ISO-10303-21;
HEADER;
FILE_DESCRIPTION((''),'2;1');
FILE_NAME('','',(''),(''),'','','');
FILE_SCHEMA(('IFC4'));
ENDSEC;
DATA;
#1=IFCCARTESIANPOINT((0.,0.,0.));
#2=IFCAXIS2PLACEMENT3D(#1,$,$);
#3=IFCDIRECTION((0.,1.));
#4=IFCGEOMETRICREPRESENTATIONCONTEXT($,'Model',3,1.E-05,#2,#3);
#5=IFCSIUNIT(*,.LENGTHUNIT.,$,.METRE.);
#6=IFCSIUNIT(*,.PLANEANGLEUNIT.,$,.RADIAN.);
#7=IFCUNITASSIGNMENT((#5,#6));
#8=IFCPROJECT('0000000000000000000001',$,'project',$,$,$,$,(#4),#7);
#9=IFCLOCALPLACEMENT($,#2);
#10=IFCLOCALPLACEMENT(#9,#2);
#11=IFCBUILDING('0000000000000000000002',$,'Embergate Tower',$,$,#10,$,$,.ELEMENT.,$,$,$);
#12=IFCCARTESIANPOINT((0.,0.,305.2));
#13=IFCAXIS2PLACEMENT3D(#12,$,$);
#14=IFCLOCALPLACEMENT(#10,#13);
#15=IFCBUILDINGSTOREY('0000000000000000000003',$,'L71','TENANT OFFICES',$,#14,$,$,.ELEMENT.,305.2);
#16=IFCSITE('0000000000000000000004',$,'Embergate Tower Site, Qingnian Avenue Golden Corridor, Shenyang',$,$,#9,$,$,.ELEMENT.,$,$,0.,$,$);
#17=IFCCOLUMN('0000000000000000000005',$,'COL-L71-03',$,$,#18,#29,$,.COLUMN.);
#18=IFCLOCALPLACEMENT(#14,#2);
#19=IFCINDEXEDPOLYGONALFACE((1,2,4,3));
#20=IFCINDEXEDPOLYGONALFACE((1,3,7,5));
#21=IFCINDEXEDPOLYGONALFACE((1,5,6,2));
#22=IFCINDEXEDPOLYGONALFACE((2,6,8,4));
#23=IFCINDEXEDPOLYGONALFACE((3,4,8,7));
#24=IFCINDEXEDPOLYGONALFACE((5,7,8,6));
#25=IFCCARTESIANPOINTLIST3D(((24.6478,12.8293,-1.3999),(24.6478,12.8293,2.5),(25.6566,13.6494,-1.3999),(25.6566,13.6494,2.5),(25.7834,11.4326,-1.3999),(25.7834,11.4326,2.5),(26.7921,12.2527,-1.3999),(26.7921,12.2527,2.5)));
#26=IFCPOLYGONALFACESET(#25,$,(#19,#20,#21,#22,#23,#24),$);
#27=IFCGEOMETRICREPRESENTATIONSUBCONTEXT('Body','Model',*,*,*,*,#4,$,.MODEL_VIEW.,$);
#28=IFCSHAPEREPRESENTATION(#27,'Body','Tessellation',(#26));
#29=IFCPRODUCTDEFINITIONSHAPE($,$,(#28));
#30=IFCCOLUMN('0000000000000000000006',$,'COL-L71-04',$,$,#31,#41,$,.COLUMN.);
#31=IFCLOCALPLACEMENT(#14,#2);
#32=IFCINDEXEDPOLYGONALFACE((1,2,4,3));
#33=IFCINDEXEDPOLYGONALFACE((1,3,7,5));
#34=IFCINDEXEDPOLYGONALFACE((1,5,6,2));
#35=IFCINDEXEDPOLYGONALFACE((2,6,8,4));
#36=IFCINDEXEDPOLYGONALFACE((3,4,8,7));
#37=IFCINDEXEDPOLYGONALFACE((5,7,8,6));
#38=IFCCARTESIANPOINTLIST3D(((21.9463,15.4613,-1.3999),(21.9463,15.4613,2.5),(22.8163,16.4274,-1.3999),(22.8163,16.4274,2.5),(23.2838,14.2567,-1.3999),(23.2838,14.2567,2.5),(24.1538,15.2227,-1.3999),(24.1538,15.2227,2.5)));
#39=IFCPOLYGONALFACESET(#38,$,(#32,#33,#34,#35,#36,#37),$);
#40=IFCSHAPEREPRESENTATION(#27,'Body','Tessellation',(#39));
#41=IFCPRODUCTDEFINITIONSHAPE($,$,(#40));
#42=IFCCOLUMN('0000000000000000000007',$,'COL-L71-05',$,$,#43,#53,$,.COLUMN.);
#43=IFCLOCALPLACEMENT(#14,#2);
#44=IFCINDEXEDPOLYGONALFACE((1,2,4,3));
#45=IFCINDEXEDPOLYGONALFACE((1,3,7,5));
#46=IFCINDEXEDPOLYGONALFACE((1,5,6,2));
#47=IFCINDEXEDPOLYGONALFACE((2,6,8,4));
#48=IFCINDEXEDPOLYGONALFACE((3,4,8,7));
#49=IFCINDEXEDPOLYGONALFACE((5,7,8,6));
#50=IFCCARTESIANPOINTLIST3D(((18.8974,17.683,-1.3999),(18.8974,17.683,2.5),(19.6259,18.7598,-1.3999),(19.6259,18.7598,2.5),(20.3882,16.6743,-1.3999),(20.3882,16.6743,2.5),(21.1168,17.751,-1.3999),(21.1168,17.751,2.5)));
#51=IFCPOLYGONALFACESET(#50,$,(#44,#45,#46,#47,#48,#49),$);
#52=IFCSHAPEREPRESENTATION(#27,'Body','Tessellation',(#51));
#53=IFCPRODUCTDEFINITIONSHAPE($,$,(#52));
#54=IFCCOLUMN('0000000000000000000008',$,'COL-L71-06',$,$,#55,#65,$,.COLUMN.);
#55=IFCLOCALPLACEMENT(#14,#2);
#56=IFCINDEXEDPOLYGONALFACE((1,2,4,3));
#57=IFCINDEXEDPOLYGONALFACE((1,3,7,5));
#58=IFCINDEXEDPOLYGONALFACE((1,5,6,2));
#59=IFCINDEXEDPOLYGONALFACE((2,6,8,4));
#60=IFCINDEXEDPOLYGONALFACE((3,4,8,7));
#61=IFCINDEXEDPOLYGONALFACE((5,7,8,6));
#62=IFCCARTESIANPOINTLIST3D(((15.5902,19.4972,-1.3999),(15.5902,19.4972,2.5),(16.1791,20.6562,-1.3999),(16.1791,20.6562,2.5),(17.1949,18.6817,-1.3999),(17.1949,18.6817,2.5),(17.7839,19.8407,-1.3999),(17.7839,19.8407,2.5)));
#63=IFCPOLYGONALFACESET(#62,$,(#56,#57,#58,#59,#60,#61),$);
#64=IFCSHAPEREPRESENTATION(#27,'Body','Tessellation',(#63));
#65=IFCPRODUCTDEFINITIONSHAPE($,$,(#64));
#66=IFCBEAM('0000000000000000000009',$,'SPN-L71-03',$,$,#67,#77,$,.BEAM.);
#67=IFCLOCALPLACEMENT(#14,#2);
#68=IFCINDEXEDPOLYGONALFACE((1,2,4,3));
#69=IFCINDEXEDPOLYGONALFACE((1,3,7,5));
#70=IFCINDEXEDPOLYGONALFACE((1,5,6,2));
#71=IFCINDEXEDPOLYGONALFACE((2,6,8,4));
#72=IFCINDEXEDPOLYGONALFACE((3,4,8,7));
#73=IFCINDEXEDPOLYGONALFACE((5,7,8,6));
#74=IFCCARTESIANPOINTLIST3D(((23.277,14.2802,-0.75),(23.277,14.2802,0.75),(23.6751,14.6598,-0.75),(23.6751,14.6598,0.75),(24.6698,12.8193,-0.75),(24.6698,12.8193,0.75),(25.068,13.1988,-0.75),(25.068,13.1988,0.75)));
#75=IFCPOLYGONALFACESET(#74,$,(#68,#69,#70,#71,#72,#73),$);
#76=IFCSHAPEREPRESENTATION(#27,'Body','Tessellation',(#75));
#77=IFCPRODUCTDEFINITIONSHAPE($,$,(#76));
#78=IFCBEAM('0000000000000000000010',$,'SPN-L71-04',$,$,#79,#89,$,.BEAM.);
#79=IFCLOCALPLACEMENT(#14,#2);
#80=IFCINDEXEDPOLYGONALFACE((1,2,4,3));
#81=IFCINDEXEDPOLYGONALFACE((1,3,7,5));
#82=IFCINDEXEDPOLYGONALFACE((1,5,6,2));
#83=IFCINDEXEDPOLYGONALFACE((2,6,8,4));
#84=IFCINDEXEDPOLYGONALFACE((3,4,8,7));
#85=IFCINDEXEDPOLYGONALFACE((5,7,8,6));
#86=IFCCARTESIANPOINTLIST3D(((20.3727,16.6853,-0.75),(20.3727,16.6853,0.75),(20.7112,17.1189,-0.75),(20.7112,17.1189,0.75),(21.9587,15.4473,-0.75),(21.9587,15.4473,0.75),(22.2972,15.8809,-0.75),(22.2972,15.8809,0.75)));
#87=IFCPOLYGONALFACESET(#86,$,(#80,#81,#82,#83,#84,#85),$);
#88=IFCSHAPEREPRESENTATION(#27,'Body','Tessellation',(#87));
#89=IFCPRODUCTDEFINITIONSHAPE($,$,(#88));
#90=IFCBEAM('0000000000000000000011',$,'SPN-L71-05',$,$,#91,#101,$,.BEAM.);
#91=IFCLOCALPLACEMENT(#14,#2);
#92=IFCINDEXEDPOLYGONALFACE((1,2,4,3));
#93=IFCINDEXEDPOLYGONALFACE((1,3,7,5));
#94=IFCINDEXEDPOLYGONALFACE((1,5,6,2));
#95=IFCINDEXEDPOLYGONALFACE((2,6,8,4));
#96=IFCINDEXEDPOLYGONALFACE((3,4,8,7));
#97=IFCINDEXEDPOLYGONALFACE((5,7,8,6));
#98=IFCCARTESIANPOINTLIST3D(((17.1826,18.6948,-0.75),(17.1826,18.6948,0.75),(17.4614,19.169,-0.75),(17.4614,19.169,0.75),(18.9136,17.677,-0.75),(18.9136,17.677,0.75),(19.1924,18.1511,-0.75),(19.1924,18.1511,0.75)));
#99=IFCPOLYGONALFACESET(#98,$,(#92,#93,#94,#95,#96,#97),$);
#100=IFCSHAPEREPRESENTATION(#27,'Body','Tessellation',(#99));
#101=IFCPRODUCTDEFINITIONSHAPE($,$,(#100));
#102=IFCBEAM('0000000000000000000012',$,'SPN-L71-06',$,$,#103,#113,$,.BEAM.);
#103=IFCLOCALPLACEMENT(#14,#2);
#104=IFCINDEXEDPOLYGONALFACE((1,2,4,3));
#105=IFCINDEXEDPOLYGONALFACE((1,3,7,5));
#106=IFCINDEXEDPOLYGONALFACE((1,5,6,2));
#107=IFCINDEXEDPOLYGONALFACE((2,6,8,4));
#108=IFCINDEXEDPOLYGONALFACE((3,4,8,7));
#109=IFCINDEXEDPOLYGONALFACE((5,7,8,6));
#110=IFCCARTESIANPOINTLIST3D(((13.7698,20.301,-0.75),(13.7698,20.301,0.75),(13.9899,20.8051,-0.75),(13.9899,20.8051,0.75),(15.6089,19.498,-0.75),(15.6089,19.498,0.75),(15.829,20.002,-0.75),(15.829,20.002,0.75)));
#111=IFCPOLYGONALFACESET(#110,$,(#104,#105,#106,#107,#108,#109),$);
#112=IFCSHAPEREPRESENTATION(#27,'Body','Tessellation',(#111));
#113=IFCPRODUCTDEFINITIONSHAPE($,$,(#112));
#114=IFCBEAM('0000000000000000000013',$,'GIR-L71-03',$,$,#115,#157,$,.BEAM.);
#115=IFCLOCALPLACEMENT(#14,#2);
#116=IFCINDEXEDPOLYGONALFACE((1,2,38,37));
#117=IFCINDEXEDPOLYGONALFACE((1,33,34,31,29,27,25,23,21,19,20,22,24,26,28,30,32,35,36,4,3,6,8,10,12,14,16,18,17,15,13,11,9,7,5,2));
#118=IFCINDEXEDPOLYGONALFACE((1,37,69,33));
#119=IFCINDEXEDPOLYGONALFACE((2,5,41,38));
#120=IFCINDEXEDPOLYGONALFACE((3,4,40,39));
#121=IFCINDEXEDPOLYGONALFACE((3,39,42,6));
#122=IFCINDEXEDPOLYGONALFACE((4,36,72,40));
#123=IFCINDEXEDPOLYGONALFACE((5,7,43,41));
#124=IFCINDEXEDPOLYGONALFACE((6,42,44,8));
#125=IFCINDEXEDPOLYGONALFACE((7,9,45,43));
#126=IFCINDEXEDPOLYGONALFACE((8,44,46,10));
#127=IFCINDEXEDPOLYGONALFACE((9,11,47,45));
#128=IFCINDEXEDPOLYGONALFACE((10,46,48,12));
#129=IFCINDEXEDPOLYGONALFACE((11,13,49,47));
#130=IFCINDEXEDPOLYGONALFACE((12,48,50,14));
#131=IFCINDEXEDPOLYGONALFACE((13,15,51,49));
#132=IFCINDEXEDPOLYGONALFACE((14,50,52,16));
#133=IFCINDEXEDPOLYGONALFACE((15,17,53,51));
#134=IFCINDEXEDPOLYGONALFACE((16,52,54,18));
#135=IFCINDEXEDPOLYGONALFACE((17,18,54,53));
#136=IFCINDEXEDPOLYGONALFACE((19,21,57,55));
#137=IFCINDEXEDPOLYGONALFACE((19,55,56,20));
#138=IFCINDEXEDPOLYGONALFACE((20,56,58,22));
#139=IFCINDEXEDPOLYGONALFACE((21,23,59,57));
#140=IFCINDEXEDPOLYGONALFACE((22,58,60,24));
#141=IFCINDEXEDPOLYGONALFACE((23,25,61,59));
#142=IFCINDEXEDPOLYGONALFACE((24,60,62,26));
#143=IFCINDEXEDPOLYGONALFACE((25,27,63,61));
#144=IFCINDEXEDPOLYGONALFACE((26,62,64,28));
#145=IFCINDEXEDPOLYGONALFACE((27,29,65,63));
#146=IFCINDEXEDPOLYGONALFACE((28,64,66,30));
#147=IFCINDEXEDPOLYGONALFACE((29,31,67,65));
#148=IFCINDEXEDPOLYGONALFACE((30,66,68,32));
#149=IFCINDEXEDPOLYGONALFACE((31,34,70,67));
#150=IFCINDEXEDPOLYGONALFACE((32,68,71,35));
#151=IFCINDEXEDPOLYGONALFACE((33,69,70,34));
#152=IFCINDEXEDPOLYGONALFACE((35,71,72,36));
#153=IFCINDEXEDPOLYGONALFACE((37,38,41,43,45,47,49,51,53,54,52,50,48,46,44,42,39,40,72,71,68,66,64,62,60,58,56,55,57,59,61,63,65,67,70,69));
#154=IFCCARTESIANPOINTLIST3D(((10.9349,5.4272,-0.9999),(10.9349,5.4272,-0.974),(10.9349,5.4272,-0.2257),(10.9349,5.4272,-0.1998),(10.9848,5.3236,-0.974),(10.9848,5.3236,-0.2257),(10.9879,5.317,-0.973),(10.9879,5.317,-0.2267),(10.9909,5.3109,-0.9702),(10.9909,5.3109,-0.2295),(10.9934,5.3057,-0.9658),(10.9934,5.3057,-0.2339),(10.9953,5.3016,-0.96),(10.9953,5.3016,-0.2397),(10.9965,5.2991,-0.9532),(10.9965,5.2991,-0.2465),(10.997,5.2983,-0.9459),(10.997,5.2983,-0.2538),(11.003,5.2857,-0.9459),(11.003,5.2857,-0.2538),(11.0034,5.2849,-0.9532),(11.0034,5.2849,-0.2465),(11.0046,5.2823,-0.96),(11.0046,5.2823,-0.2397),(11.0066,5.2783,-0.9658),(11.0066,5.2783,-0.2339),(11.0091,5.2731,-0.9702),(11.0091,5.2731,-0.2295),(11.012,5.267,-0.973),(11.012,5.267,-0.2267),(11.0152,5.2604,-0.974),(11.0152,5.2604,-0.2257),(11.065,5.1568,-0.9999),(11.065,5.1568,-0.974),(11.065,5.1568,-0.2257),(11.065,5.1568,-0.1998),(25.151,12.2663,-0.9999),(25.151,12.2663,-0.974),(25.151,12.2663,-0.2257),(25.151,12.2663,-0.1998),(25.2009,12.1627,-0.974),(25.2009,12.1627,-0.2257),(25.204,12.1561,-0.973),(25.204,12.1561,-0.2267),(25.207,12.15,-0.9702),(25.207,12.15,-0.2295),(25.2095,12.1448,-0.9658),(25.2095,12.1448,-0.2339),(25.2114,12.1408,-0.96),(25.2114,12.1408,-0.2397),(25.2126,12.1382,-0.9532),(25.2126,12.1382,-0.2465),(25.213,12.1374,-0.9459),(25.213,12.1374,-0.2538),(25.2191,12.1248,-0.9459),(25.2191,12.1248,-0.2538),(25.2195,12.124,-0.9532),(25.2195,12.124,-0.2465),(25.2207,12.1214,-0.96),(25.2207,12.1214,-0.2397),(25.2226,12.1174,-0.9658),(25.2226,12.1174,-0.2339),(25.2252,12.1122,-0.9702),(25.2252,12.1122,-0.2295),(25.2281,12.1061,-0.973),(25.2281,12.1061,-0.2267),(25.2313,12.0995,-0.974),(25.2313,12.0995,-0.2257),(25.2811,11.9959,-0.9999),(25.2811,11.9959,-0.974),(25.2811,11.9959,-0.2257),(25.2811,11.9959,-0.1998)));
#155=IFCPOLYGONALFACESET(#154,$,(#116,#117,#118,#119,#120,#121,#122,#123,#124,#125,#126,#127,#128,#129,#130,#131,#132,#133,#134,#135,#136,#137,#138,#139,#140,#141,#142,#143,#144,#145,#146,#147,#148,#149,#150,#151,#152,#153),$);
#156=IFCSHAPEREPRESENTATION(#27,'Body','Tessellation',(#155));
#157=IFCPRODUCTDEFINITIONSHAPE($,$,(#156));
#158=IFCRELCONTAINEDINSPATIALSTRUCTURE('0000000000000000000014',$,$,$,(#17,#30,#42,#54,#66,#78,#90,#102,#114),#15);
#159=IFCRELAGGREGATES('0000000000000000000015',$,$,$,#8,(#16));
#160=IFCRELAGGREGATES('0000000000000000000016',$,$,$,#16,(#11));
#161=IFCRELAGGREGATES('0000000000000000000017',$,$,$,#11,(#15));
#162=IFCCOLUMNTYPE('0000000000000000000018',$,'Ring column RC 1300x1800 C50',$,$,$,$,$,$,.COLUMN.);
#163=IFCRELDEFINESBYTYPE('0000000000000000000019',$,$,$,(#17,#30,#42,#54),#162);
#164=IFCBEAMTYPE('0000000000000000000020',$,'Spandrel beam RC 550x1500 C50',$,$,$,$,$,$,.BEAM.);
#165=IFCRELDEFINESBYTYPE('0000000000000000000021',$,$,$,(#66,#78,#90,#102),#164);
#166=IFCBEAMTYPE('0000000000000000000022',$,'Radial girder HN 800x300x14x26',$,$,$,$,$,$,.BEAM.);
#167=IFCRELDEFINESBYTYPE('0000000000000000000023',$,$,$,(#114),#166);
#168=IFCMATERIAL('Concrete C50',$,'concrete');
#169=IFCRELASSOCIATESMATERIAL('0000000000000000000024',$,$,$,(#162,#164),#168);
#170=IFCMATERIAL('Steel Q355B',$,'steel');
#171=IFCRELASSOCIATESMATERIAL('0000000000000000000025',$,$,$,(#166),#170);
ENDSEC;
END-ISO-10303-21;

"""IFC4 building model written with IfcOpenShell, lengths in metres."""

from ifc_helpers import new_model, si_unit, direction, frame, origin, origin_2d, place, context, subcontext, project, spatial, rectangle, i_section, extrude, source, transform, mapped, material, material_profile, profile_set, type_object, element, save


model = new_model("IFC4")

# Units and contexts
model_context = context("Model", 3, precision=1e-05, world=origin(), true_north=direction((0.0, 1.0)))
body_context = subcontext(model_context, "Body", "Model", "MODEL_VIEW")
ifc_project = project(units=[si_unit("LENGTHUNIT", "METRE"), si_unit("PLANEANGLEUNIT", "RADIAN")], contexts=[model_context])

# Site, building, storey
site_placement = place(None, origin())
site = spatial("IfcSite", under=ifc_project, at=site_placement, Name="Embergate Tower Site, Qingnian Avenue Golden Corridor, Shenyang", CompositionType="ELEMENT", RefElevation=0.0)
building_placement = place(site_placement, origin())
building = spatial("IfcBuilding", under=site, at=building_placement, Name="Embergate Tower", CompositionType="ELEMENT")
storey_placement = place(building_placement, frame((0.0, 0.0, 305.2)))
storey = spatial("IfcBuildingStorey", under=building, at=storey_placement, Name="L71", Description="TENANT OFFICES", CompositionType="ELEMENT", Elevation=305.2)

# Columns
ifc_material_1 = material(Name="Concrete C50", Category="concrete")
ifc_material_profile_1 = material_profile(ifc_material_1, rectangle(XDim=1.3, YDim=1.8, at=origin_2d()), Name="RC 1300x1800")
ifc_profile_set_1 = profile_set([ifc_material_profile_1], Name="Concrete C50")
column_type = type_object("IfcColumnType", Name="Ring column RC 1300x1800 C50", PredefinedType="COLUMN", material=ifc_profile_set_1)
shared_shape_1 = source(origin(), body_context, "Body", "SweptSolid", [
    extrude(rectangle(XDim=1.3, YDim=1.8, at=origin_2d()), origin(), (0.0, 0.0, 1.0), 3.8999),
])
for number, where, z_axis, x_axis, name in (
    (1, (25.72, 12.541, -1.3999), (0.0, 0.0, 1.0), (0.775925, 0.630825, 0.0), "COL-L71-03"),
    (2, (23.05, 15.342, -1.3999), (0.0, 0.0, 1.0), (0.669221, 0.743063, 0.0), "COL-L71-04"),
    (3, (20.0071, 17.717, -1.3999), (0.0, 0.0, 1.0), (0.560393, 0.828227, 0.0), "COL-L71-05"),
    (4, (16.687, 19.6689, -1.3999), (0.0, 0.0, 1.0), (0.453011, 0.891505, 0.0), "COL-L71-06"),
):
    element("IfcColumn", number, at=place(storey_placement, frame(where, z_axis=z_axis, x_axis=x_axis)), inside=storey, type_object=column_type, Name=name, PredefinedType="COLUMN", context=body_context, shape_type="MappedRepresentation", body=[
        mapped(shared_shape_1, transform((0.0, 0.0, 0.0))),
    ])

# Beams
ifc_material_profile_2 = material_profile(ifc_material_1, rectangle(XDim=0.55, YDim=1.5, at=origin_2d()), Name="RC 550x1500")
ifc_profile_set_2 = profile_set([ifc_material_profile_2], Name="Concrete C50")
beam_type_1 = type_object("IfcBeamType", Name="Spandrel beam RC 550x1500 C50", PredefinedType="BEAM", material=ifc_profile_set_2)
shared_shape_2 = source(origin(), body_context, "Body", "SweptSolid", [
    extrude(rectangle(XDim=0.55, YDim=1.5, at=origin_2d()), origin(), (0.0, 0.0, 1.0), 2.0186),
])
beam_1_placement = place(storey_placement, frame((24.8689, 13.009, 0.0), z_axis=(-0.690033, 0.723778, 0.0), x_axis=(-0.723778, -0.690033, 0.0)))
element("IfcBeam", 5, at=beam_1_placement, inside=storey, type_object=beam_type_1, Name="SPN-L71-03", PredefinedType="BEAM", context=body_context, shape_type="MappedRepresentation", body=[
    mapped(shared_shape_2, transform((0.0, 0.0, 0.0))),
])
shared_shape_3 = source(origin(), body_context, "Body", "SweptSolid", [
    extrude(rectangle(XDim=0.55, YDim=1.5, at=origin_2d()), origin(), (0.0, 0.0, 1.0), 2.012),
])
beam_2_placement = place(storey_placement, frame((22.1279, 15.6641, 0.0), z_axis=(-0.78826, 0.615343, 0.0), x_axis=(-0.615343, -0.78826, 0.0)))
element("IfcBeam", 6, at=beam_2_placement, inside=storey, type_object=beam_type_1, Name="SPN-L71-04", PredefinedType="BEAM", context=body_context, shape_type="MappedRepresentation", body=[
    mapped(shared_shape_3, transform((0.0, 0.0, 0.0))),
])
shared_shape_4 = source(origin(), body_context, "Body", "SweptSolid", [
    extrude(rectangle(XDim=0.55, YDim=1.5, at=origin_2d()), origin(), (0.0, 0.0, 1.0), 2.0081),
])
beam_3_placement = place(storey_placement, frame((19.053, 17.9141, 0.0), z_axis=(-0.862019, 0.506877, 0.0), x_axis=(-0.506877, -0.862019, 0.0)))
element("IfcBeam", 7, at=beam_3_placement, inside=storey, type_object=beam_type_1, Name="SPN-L71-05", PredefinedType="BEAM", context=body_context, shape_type="MappedRepresentation", body=[
    mapped(shared_shape_4, transform((0.0, 0.0, 0.0))),
])
shared_shape_5 = source(origin(), body_context, "Body", "SweptSolid", [
    extrude(rectangle(XDim=0.55, YDim=1.5, at=origin_2d()), origin(), (0.0, 0.0, 1.0), 2.0068),
])
beam_4_placement = place(storey_placement, frame((15.719, 19.75, 0.0), z_axis=(-0.916456, 0.400136, 0.0), x_axis=(-0.400136, -0.916456, 0.0)))
element("IfcBeam", 8, at=beam_4_placement, inside=storey, type_object=beam_type_1, Name="SPN-L71-06", PredefinedType="BEAM", context=body_context, shape_type="MappedRepresentation", body=[
    mapped(shared_shape_5, transform((0.0, 0.0, 0.0))),
])
ifc_material_2 = material(Name="Steel Q355B", Category="steel")
ifc_material_profile_3 = material_profile(ifc_material_2, i_section(OverallWidth=0.3, OverallDepth=0.8, WebThickness=0.0139, FlangeThickness=0.0259, FilletRadius=0.0281, at=origin_2d()), Name="HN 800x300x14x26")
ifc_profile_set_3 = profile_set([ifc_material_profile_3], Name="Steel Q355 grade B")
beam_type_2 = type_object("IfcBeamType", Name="Radial girder HN 800x300x14x26", PredefinedType="BEAM", material=ifc_profile_set_3)
shared_shape_6 = source(origin(), body_context, "Body", "SweptSolid", [
    extrude(i_section(OverallWidth=0.3, OverallDepth=0.8, WebThickness=0.0139, FlangeThickness=0.0259, FilletRadius=0.0281, at=origin_2d()), origin(), (0.0, 0.0, 1.0), 15.7756),
])
beam_5_placement = place(storey_placement, frame((25.2161, 12.1311, -0.5999), z_axis=(-0.901142, -0.433524, 0.0), x_axis=(0.433524, -0.901142, 0.0)))
element("IfcBeam", 9, at=beam_5_placement, inside=storey, type_object=beam_type_2, Name="GIR-L71-03", PredefinedType="BEAM", context=body_context, shape_type="MappedRepresentation", body=[
    mapped(shared_shape_6, transform((0.0, 0.0, 0.0))),
])

save(model, "model.ifc")
